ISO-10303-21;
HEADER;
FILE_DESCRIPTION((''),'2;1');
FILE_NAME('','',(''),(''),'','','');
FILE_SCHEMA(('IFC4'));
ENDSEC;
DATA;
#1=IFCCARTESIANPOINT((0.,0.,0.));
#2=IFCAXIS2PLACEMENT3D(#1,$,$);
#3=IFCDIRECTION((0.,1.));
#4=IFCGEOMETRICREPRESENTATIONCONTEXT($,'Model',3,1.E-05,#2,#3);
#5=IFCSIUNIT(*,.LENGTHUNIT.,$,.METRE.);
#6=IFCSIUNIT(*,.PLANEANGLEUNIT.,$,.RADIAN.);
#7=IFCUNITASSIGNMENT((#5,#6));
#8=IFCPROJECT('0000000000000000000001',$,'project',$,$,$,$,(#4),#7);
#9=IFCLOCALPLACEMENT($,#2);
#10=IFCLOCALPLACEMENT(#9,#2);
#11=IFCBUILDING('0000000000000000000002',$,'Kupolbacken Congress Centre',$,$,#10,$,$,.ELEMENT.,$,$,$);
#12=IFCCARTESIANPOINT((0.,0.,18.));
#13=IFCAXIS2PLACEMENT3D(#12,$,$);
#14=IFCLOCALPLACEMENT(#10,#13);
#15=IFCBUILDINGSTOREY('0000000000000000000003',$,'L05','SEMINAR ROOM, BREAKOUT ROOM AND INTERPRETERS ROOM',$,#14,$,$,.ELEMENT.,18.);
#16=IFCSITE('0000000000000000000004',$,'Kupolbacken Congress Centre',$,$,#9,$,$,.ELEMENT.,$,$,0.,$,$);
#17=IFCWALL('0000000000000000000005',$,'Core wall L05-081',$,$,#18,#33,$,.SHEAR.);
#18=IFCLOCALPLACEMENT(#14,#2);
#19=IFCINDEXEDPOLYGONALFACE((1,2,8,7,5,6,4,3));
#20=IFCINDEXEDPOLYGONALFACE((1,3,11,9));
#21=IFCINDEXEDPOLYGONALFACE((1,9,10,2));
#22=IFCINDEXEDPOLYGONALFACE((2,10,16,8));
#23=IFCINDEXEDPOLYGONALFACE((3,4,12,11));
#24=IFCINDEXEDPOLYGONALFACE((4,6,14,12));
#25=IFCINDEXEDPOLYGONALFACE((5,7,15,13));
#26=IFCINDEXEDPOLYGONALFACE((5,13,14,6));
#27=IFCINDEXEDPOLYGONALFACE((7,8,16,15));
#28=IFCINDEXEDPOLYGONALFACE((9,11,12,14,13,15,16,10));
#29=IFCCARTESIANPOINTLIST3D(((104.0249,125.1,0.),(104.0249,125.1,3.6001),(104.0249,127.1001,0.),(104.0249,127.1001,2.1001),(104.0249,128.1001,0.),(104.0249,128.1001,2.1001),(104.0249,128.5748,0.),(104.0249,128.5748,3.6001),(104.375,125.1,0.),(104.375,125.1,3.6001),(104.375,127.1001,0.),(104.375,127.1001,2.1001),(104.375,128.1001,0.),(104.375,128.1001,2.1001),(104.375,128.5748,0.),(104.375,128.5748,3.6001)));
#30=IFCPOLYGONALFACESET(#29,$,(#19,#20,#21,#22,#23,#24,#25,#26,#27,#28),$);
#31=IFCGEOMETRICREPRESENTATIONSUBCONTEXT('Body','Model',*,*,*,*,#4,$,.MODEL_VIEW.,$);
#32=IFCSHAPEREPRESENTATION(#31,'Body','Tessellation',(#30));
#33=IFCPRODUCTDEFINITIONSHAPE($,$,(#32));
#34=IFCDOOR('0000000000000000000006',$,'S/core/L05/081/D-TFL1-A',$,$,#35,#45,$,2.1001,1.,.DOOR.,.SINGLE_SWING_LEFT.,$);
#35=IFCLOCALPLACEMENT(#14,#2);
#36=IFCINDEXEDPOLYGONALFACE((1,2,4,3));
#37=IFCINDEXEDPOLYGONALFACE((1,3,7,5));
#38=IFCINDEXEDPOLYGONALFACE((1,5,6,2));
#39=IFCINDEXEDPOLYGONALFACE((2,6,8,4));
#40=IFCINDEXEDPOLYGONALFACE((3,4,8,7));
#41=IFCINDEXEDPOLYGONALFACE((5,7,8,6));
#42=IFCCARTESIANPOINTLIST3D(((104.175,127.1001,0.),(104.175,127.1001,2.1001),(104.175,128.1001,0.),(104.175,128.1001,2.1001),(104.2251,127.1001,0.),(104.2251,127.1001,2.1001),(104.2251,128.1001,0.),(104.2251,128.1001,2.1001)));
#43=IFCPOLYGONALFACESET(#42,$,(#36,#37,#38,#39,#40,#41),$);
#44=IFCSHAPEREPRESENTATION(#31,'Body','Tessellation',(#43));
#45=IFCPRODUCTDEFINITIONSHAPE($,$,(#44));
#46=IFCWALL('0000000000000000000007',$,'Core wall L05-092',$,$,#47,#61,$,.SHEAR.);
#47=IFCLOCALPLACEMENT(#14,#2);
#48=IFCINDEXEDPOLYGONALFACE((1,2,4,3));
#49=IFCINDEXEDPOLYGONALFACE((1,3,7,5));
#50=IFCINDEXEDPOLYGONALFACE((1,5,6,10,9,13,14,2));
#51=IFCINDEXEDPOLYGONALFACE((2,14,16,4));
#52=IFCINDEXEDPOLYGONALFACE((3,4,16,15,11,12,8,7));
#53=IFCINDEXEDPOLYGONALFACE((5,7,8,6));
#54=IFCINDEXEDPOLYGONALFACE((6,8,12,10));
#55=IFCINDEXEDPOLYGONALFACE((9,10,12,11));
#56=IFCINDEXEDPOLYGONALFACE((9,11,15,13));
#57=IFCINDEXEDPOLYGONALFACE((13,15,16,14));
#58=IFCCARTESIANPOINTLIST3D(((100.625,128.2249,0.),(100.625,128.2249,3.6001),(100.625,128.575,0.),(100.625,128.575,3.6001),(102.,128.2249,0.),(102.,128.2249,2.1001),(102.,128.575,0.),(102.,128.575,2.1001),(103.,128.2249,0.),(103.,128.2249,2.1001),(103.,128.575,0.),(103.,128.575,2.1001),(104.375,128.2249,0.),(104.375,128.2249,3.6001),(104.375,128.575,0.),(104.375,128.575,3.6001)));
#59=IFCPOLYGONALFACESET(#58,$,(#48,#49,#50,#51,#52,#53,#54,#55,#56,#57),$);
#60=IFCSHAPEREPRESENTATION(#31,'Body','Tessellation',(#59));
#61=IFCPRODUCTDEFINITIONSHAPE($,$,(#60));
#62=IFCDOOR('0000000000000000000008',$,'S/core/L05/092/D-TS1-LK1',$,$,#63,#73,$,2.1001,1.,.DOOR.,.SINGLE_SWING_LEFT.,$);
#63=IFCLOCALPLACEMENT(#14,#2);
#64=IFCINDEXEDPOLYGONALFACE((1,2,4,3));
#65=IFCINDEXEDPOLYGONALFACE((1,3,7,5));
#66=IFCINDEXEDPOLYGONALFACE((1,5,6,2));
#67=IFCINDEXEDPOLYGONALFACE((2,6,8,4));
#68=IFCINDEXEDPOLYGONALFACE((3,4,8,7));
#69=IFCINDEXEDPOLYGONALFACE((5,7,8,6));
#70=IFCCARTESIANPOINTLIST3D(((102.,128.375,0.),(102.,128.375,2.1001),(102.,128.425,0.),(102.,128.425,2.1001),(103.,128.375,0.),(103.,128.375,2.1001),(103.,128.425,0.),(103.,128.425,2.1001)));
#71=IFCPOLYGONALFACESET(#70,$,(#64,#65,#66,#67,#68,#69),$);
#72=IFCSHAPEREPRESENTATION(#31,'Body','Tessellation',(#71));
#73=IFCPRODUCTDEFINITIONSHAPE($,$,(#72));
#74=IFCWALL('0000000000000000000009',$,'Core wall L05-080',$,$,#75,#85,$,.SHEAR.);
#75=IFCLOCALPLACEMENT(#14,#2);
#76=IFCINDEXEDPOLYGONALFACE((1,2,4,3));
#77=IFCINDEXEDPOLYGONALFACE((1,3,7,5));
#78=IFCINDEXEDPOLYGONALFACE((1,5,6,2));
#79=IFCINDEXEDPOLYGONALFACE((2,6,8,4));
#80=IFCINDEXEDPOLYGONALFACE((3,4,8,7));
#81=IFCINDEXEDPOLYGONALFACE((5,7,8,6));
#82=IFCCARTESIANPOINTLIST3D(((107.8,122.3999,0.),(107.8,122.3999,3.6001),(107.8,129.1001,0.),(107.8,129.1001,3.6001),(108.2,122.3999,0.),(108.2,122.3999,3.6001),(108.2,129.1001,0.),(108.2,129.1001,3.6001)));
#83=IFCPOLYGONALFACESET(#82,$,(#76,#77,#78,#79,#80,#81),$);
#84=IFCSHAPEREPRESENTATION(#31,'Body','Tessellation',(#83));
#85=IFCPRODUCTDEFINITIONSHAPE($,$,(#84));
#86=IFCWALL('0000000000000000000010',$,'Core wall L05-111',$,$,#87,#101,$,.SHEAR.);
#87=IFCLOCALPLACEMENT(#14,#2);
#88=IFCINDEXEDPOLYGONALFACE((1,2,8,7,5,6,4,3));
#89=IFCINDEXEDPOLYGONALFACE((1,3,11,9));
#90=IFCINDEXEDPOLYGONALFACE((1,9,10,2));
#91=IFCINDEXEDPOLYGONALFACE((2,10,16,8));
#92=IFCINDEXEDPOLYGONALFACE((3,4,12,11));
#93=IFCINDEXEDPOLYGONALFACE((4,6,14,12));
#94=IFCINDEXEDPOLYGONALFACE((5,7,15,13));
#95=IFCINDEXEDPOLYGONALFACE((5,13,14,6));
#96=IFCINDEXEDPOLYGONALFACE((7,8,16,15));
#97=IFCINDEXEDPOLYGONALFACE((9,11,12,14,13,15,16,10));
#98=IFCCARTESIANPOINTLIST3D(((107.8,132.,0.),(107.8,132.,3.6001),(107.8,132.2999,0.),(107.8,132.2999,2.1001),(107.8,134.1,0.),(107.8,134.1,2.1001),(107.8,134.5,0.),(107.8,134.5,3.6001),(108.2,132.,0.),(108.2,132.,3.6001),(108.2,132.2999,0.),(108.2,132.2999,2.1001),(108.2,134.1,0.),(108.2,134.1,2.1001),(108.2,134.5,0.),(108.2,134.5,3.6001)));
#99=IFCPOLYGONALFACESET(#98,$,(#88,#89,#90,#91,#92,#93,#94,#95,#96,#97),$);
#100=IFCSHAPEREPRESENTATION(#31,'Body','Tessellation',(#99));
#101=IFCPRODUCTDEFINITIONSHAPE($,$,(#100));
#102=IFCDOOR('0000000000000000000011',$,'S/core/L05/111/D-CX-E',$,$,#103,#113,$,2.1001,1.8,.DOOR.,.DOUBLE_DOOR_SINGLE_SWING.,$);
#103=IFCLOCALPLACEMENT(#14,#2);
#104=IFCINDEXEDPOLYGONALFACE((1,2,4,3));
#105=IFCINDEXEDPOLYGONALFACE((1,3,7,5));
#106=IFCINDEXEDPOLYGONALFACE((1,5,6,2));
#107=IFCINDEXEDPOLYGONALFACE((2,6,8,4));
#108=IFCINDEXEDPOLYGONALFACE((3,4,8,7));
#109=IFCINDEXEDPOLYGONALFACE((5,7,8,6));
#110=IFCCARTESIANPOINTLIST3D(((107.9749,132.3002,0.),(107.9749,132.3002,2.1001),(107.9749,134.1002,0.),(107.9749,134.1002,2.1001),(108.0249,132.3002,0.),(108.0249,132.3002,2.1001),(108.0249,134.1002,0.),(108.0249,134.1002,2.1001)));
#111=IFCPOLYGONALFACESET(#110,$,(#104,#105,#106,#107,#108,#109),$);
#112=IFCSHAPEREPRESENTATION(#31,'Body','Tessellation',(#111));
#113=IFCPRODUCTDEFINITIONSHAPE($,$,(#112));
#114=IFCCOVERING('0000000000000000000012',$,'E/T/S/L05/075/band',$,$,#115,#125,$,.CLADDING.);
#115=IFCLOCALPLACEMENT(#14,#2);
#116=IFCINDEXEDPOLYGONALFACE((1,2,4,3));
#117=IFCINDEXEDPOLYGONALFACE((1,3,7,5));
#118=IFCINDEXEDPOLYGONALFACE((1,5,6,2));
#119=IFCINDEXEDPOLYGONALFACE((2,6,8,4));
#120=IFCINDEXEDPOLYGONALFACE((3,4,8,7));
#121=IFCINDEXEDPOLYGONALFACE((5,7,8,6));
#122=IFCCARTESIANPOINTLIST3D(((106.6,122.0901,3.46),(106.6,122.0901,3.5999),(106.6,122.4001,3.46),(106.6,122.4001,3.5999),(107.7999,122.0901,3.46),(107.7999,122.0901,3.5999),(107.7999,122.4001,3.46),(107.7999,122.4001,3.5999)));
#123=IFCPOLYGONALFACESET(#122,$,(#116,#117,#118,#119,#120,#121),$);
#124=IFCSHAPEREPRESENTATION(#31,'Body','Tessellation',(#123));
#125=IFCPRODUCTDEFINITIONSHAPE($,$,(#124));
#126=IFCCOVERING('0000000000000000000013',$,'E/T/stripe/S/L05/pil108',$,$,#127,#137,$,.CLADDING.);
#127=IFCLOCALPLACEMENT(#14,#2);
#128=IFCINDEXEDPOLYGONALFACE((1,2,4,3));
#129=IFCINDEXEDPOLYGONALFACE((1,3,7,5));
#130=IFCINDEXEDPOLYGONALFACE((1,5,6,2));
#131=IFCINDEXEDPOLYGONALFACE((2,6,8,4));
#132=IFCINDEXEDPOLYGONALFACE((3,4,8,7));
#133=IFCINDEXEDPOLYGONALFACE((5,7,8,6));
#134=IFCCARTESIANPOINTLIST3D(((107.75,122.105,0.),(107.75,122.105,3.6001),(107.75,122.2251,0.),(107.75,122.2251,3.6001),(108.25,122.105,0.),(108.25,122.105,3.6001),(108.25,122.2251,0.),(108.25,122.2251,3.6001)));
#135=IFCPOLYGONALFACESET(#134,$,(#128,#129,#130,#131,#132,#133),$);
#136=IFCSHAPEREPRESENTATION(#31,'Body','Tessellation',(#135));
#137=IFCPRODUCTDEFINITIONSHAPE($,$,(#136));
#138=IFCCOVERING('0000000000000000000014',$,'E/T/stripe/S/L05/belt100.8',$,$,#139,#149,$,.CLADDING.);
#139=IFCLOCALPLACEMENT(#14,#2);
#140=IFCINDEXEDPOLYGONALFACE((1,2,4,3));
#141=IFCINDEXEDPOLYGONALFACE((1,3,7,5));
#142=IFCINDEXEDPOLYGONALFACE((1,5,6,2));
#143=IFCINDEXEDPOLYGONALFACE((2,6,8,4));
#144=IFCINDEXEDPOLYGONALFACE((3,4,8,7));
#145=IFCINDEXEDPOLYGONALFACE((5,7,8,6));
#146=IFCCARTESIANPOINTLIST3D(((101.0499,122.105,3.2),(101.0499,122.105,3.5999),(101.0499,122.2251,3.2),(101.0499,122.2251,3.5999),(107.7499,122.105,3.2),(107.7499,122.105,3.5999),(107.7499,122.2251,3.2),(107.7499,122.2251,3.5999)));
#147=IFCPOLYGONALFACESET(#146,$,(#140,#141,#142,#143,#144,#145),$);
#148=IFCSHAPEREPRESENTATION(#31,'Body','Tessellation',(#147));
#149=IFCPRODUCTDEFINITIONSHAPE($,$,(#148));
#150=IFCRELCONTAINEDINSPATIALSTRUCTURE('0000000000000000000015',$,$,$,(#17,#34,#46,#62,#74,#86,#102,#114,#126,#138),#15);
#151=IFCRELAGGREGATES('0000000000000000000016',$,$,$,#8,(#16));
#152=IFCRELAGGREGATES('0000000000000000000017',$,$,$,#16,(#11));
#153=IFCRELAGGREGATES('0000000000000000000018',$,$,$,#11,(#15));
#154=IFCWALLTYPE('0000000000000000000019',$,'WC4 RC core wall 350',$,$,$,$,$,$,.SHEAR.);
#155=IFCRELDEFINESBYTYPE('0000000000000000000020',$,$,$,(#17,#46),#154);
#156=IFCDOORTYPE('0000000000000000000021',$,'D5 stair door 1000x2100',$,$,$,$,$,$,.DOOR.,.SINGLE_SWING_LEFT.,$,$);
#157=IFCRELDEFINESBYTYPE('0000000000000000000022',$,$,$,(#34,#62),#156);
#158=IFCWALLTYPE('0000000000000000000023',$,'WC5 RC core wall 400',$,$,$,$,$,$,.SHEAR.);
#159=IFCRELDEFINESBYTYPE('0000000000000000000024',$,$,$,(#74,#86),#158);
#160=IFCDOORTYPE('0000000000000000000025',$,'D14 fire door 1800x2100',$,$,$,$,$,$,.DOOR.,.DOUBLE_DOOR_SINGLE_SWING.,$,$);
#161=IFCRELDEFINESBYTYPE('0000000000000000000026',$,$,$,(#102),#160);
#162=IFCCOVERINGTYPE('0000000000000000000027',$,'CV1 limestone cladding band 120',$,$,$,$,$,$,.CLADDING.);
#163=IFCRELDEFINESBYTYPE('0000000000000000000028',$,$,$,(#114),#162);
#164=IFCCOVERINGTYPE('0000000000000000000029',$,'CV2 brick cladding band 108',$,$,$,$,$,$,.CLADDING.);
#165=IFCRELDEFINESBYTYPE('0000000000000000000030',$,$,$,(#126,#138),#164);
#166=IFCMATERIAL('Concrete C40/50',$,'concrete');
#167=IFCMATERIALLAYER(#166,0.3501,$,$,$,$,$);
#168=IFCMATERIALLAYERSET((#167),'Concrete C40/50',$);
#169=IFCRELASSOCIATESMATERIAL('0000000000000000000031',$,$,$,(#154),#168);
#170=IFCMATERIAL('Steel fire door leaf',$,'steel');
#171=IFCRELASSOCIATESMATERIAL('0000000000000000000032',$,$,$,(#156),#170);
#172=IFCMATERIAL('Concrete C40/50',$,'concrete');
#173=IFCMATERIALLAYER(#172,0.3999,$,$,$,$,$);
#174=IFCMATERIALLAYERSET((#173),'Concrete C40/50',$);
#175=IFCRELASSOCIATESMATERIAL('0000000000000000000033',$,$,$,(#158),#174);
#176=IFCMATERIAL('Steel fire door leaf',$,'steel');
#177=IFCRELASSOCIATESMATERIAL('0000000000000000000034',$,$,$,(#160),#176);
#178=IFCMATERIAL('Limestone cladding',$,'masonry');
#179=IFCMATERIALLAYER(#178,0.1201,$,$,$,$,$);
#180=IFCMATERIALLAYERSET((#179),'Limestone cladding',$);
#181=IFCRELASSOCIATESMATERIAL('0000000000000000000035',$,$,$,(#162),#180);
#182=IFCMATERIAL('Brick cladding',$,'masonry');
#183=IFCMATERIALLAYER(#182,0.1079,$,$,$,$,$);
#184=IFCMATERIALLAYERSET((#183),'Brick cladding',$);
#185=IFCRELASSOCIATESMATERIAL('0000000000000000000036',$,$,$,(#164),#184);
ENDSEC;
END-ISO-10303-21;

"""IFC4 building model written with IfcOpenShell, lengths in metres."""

from ifc_helpers import new_model, si_unit, direction, frame, frame_2d, origin, origin_2d, place, context, subcontext, project, spatial, rectangle, extrude, material, layer, layer_set, type_object, element, fill, save


model = new_model("IFC4")

# Units and contexts
model_context = context("Model", 3, precision=1e-05, world=origin(), true_north=direction((0.0, 1.0)))
body_context = subcontext(model_context, "Body", "Model", "MODEL_VIEW")
ifc_project = project(units=[si_unit("LENGTHUNIT", "METRE"), si_unit("PLANEANGLEUNIT", "RADIAN")], contexts=[model_context])

# Site, building, storey
site_placement = place(None, origin())
site = spatial("IfcSite", under=ifc_project, at=site_placement, Name="Kupolbacken Congress Centre", CompositionType="ELEMENT", RefElevation=0.0)
building_placement = place(site_placement, origin())
building = spatial("IfcBuilding", under=site, at=building_placement, Name="Kupolbacken Congress Centre", CompositionType="ELEMENT")
storey_placement = place(building_placement, frame((0.0, 0.0, 18.0)))
storey = spatial("IfcBuildingStorey", under=building, at=storey_placement, Name="L05", Description="SEMINAR ROOM, BREAKOUT ROOM AND INTERPRETERS ROOM", CompositionType="ELEMENT", Elevation=18.0)

# Walls, openings, doors
ifc_material_1 = material(Name="Concrete C40/50", Category="concrete")
ifc_layer_1 = layer(ifc_material_1, 0.3501)
ifc_layer_set_1 = layer_set([ifc_layer_1], Name="Concrete C40/50")
wall_type_1 = type_object("IfcWallType", Name="WC4 RC core wall 350", PredefinedType="SHEAR", material=ifc_layer_set_1)
wall_1_placement = place(storey_placement, frame((104.2, 125.1001, 0.0), z_axis=(0.0, 0.0, 1.0), x_axis=(0.0, 1.0, 0.0)))
wall_1 = element("IfcWall", 1, at=wall_1_placement, inside=storey, type_object=wall_type_1, Name="Core wall L05-081", PredefinedType="SHEAR", context=body_context, shape_type="SweptSolid", body=[
    extrude(rectangle(XDim=3.4749, YDim=0.3501, at=frame_2d((1.7373, 0.0))), origin(), (0.0, 0.0, 1.0), 3.6001),
])
opening_1_placement = place(wall_1_placement, frame((2.0, 0.0, 0.0)))
opening_1 = element("IfcOpeningElement", 2, at=opening_1_placement, cuts=wall_1, PredefinedType="OPENING", context=body_context, shape_type="SweptSolid", body=[
    extrude(rectangle(XDim=1.0, YDim=2.1001, at=frame_2d((0.5, 1.05))), frame((0.0, 0.1851, 0.0), z_axis=(0.0, -1.0, 0.0), x_axis=(1.0, 0.0, 0.0)), (0.0, 0.0, 1.0), 0.3701),
])
ifc_material_2 = material(Name="Steel fire door leaf", Category="steel")
door_type_1 = type_object("IfcDoorType", Name="D5 stair door 1000x2100", OperationType="SINGLE_SWING_LEFT", PredefinedType="DOOR", material=ifc_material_2)
door_1_placement = place(opening_1_placement, origin())
door_1 = element("IfcDoor", 3, at=door_1_placement, inside=storey, type_object=door_type_1, Name="S/core/L05/081/D-TFL1-A", OperationType="SINGLE_SWING_LEFT", OverallHeight=2.1001, OverallWidth=1.0, PredefinedType="DOOR", context=body_context, shape_type="SweptSolid", body=[
    extrude(rectangle(XDim=1.0, YDim=2.1001, at=frame_2d((0.5, 1.05))), frame((0.0, 0.0249, 0.0), z_axis=(0.0, -1.0, 0.0), x_axis=(1.0, 0.0, 0.0)), (0.0, 0.0, 1.0), 0.05),
])
fill(opening_1, door_1)
wall_2_placement = place(storey_placement, frame((104.375, 128.3999, 0.0), z_axis=(0.0, 0.0, 1.0), x_axis=(-1.0, 0.0, 0.0)))
wall_2 = element("IfcWall", 4, at=wall_2_placement, inside=storey, type_object=wall_type_1, Name="Core wall L05-092", PredefinedType="SHEAR", context=body_context, shape_type="SweptSolid", body=[
    extrude(rectangle(XDim=3.75, YDim=0.3501, at=frame_2d((1.875, 0.0))), origin(), (0.0, 0.0, 1.0), 3.6001),
])
opening_2_placement = place(wall_2_placement, frame((1.375, 0.0, 0.0)))
opening_2 = element("IfcOpeningElement", 5, at=opening_2_placement, cuts=wall_2, PredefinedType="OPENING", context=body_context, shape_type="SweptSolid", body=[
    extrude(rectangle(XDim=1.0, YDim=2.1001, at=frame_2d((0.5, 1.05))), frame((0.0, 0.1851, 0.0), z_axis=(0.0, -1.0, 0.0), x_axis=(1.0, 0.0, 0.0)), (0.0, 0.0, 1.0), 0.3701),
])
door_2_placement = place(opening_2_placement, origin())
door_2 = element("IfcDoor", 6, at=door_2_placement, inside=storey, type_object=door_type_1, Name="S/core/L05/092/D-TS1-LK1", OperationType="SINGLE_SWING_LEFT", OverallHeight=2.1001, OverallWidth=1.0, PredefinedType="DOOR", context=body_context, shape_type="SweptSolid", body=[
    extrude(rectangle(XDim=1.0, YDim=2.1001, at=frame_2d((0.5, 1.05))), frame((0.0, 0.0249, 0.0), z_axis=(0.0, -1.0, 0.0), x_axis=(1.0, 0.0, 0.0)), (0.0, 0.0, 1.0), 0.05),
])
fill(opening_2, door_2)

# Wall
ifc_material_3 = material(Name="Concrete C40/50", Category="concrete")
ifc_layer_2 = layer(ifc_material_3, 0.3999)
ifc_layer_set_2 = layer_set([ifc_layer_2], Name="Concrete C40/50")
wall_type_2 = type_object("IfcWallType", Name="WC5 RC core wall 400", PredefinedType="SHEAR", material=ifc_layer_set_2)
wall_3_placement = place(storey_placement, frame((108.0, 122.3999, 0.0), z_axis=(0.0, 0.0, 1.0), x_axis=(0.0, 1.0, 0.0)))
element("IfcWall", 7, at=wall_3_placement, inside=storey, type_object=wall_type_2, Name="Core wall L05-080", PredefinedType="SHEAR", context=body_context, shape_type="SweptSolid", body=[
    extrude(rectangle(XDim=6.7002, YDim=0.3999, at=frame_2d((3.3501, 0.0))), origin(), (0.0, 0.0, 1.0), 3.6001),
])

# Wall, opening, door
wall_4_placement = place(storey_placement, frame((108.0, 132.0, 0.0), z_axis=(0.0, 0.0, 1.0), x_axis=(0.0, 1.0, 0.0)))
wall_4 = element("IfcWall", 8, at=wall_4_placement, inside=storey, type_object=wall_type_2, Name="Core wall L05-111", PredefinedType="SHEAR", context=body_context, shape_type="SweptSolid", body=[
    extrude(rectangle(XDim=2.5, YDim=0.3999, at=frame_2d((1.25, 0.0))), origin(), (0.0, 0.0, 1.0), 3.6001),
])
opening_3_placement = place(wall_4_placement, frame((0.3, 0.0, 0.0)))
opening_3 = element("IfcOpeningElement", 9, at=opening_3_placement, cuts=wall_4, PredefinedType="OPENING", context=body_context, shape_type="SweptSolid", body=[
    extrude(rectangle(XDim=1.8, YDim=2.1001, at=frame_2d((0.8999, 1.05))), frame((0.0, 0.21, 0.0), z_axis=(0.0, -1.0, 0.0), x_axis=(1.0, 0.0, 0.0)), (0.0, 0.0, 1.0), 0.4199),
])
ifc_material_4 = material(Name="Steel fire door leaf", Category="steel")
door_type_2 = type_object("IfcDoorType", Name="D14 fire door 1800x2100", OperationType="DOUBLE_DOOR_SINGLE_SWING", PredefinedType="DOOR", material=ifc_material_4)
door_3_placement = place(opening_3_placement, frame((1.8, 0.0, 0.0), z_axis=(0.0, 0.0, 1.0), x_axis=(-1.0, 0.0, 0.0)))
door_3 = element("IfcDoor", 10, at=door_3_placement, inside=storey, type_object=door_type_2, Name="S/core/L05/111/D-CX-E", OperationType="DOUBLE_DOOR_SINGLE_SWING", OverallHeight=2.1001, OverallWidth=1.8, PredefinedType="DOOR", context=body_context, shape_type="SweptSolid", body=[
    extrude(rectangle(XDim=1.8, YDim=2.1001, at=frame_2d((0.8999, 1.05))), frame((0.0, 0.0249, 0.0), z_axis=(0.0, -1.0, 0.0), x_axis=(1.0, 0.0, 0.0)), (0.0, 0.0, 1.0), 0.05),
])
fill(opening_3, door_3)

# Coverings
ifc_material_5 = material(Name="Limestone cladding", Category="masonry")
ifc_layer_3 = layer(ifc_material_5, 0.1201)
ifc_layer_set_3 = layer_set([ifc_layer_3], Name="Limestone cladding")
covering_type_1 = type_object("IfcCoveringType", Name="CV1 limestone cladding band 120", PredefinedType="CLADDING", material=ifc_layer_set_3)
covering_1_placement = place(storey_placement, frame((107.2, 122.2451, 3.46), z_axis=(0.0, 0.0, 1.0), x_axis=(1.0, 0.0, 0.0)))
element("IfcCovering", 11, at=covering_1_placement, inside=storey, type_object=covering_type_1, Name="E/T/S/L05/075/band", PredefinedType="CLADDING", context=body_context, shape_type="SweptSolid", body=[
    extrude(rectangle(XDim=1.2, YDim=0.3101, at=origin_2d()), origin(), (0.0, 0.0, 1.0), 0.1399),
])
ifc_material_6 = material(Name="Brick cladding", Category="masonry")
ifc_layer_4 = layer(ifc_material_6, 0.1079)
ifc_layer_set_4 = layer_set([ifc_layer_4], Name="Brick cladding")
covering_type_2 = type_object("IfcCoveringType", Name="CV2 brick cladding band 108", PredefinedType="CLADDING", material=ifc_layer_set_4)
covering_2_placement = place(storey_placement, frame((108.0, 122.165, 0.0), z_axis=(0.0, 0.0, 1.0), x_axis=(1.0, 0.0, 0.0)))
element("IfcCovering", 12, at=covering_2_placement, inside=storey, type_object=covering_type_2, Name="E/T/stripe/S/L05/pil108", PredefinedType="CLADDING", context=body_context, shape_type="SweptSolid", body=[
    extrude(rectangle(XDim=0.5, YDim=0.1201, at=origin_2d()), origin(), (0.0, 0.0, 1.0), 3.6001),
])
covering_3_placement = place(storey_placement, frame((104.3999, 122.165, 3.2), z_axis=(0.0, 0.0, 1.0), x_axis=(1.0, 0.0, 0.0)))
element("IfcCovering", 13, at=covering_3_placement, inside=storey, type_object=covering_type_2, Name="E/T/stripe/S/L05/belt100.8", PredefinedType="CLADDING", context=body_context, shape_type="SweptSolid", body=[
    extrude(rectangle(XDim=6.7, YDim=0.1201, at=origin_2d()), origin(), (0.0, 0.0, 1.0), 0.3999),
])

save(model, "model.ifc")
